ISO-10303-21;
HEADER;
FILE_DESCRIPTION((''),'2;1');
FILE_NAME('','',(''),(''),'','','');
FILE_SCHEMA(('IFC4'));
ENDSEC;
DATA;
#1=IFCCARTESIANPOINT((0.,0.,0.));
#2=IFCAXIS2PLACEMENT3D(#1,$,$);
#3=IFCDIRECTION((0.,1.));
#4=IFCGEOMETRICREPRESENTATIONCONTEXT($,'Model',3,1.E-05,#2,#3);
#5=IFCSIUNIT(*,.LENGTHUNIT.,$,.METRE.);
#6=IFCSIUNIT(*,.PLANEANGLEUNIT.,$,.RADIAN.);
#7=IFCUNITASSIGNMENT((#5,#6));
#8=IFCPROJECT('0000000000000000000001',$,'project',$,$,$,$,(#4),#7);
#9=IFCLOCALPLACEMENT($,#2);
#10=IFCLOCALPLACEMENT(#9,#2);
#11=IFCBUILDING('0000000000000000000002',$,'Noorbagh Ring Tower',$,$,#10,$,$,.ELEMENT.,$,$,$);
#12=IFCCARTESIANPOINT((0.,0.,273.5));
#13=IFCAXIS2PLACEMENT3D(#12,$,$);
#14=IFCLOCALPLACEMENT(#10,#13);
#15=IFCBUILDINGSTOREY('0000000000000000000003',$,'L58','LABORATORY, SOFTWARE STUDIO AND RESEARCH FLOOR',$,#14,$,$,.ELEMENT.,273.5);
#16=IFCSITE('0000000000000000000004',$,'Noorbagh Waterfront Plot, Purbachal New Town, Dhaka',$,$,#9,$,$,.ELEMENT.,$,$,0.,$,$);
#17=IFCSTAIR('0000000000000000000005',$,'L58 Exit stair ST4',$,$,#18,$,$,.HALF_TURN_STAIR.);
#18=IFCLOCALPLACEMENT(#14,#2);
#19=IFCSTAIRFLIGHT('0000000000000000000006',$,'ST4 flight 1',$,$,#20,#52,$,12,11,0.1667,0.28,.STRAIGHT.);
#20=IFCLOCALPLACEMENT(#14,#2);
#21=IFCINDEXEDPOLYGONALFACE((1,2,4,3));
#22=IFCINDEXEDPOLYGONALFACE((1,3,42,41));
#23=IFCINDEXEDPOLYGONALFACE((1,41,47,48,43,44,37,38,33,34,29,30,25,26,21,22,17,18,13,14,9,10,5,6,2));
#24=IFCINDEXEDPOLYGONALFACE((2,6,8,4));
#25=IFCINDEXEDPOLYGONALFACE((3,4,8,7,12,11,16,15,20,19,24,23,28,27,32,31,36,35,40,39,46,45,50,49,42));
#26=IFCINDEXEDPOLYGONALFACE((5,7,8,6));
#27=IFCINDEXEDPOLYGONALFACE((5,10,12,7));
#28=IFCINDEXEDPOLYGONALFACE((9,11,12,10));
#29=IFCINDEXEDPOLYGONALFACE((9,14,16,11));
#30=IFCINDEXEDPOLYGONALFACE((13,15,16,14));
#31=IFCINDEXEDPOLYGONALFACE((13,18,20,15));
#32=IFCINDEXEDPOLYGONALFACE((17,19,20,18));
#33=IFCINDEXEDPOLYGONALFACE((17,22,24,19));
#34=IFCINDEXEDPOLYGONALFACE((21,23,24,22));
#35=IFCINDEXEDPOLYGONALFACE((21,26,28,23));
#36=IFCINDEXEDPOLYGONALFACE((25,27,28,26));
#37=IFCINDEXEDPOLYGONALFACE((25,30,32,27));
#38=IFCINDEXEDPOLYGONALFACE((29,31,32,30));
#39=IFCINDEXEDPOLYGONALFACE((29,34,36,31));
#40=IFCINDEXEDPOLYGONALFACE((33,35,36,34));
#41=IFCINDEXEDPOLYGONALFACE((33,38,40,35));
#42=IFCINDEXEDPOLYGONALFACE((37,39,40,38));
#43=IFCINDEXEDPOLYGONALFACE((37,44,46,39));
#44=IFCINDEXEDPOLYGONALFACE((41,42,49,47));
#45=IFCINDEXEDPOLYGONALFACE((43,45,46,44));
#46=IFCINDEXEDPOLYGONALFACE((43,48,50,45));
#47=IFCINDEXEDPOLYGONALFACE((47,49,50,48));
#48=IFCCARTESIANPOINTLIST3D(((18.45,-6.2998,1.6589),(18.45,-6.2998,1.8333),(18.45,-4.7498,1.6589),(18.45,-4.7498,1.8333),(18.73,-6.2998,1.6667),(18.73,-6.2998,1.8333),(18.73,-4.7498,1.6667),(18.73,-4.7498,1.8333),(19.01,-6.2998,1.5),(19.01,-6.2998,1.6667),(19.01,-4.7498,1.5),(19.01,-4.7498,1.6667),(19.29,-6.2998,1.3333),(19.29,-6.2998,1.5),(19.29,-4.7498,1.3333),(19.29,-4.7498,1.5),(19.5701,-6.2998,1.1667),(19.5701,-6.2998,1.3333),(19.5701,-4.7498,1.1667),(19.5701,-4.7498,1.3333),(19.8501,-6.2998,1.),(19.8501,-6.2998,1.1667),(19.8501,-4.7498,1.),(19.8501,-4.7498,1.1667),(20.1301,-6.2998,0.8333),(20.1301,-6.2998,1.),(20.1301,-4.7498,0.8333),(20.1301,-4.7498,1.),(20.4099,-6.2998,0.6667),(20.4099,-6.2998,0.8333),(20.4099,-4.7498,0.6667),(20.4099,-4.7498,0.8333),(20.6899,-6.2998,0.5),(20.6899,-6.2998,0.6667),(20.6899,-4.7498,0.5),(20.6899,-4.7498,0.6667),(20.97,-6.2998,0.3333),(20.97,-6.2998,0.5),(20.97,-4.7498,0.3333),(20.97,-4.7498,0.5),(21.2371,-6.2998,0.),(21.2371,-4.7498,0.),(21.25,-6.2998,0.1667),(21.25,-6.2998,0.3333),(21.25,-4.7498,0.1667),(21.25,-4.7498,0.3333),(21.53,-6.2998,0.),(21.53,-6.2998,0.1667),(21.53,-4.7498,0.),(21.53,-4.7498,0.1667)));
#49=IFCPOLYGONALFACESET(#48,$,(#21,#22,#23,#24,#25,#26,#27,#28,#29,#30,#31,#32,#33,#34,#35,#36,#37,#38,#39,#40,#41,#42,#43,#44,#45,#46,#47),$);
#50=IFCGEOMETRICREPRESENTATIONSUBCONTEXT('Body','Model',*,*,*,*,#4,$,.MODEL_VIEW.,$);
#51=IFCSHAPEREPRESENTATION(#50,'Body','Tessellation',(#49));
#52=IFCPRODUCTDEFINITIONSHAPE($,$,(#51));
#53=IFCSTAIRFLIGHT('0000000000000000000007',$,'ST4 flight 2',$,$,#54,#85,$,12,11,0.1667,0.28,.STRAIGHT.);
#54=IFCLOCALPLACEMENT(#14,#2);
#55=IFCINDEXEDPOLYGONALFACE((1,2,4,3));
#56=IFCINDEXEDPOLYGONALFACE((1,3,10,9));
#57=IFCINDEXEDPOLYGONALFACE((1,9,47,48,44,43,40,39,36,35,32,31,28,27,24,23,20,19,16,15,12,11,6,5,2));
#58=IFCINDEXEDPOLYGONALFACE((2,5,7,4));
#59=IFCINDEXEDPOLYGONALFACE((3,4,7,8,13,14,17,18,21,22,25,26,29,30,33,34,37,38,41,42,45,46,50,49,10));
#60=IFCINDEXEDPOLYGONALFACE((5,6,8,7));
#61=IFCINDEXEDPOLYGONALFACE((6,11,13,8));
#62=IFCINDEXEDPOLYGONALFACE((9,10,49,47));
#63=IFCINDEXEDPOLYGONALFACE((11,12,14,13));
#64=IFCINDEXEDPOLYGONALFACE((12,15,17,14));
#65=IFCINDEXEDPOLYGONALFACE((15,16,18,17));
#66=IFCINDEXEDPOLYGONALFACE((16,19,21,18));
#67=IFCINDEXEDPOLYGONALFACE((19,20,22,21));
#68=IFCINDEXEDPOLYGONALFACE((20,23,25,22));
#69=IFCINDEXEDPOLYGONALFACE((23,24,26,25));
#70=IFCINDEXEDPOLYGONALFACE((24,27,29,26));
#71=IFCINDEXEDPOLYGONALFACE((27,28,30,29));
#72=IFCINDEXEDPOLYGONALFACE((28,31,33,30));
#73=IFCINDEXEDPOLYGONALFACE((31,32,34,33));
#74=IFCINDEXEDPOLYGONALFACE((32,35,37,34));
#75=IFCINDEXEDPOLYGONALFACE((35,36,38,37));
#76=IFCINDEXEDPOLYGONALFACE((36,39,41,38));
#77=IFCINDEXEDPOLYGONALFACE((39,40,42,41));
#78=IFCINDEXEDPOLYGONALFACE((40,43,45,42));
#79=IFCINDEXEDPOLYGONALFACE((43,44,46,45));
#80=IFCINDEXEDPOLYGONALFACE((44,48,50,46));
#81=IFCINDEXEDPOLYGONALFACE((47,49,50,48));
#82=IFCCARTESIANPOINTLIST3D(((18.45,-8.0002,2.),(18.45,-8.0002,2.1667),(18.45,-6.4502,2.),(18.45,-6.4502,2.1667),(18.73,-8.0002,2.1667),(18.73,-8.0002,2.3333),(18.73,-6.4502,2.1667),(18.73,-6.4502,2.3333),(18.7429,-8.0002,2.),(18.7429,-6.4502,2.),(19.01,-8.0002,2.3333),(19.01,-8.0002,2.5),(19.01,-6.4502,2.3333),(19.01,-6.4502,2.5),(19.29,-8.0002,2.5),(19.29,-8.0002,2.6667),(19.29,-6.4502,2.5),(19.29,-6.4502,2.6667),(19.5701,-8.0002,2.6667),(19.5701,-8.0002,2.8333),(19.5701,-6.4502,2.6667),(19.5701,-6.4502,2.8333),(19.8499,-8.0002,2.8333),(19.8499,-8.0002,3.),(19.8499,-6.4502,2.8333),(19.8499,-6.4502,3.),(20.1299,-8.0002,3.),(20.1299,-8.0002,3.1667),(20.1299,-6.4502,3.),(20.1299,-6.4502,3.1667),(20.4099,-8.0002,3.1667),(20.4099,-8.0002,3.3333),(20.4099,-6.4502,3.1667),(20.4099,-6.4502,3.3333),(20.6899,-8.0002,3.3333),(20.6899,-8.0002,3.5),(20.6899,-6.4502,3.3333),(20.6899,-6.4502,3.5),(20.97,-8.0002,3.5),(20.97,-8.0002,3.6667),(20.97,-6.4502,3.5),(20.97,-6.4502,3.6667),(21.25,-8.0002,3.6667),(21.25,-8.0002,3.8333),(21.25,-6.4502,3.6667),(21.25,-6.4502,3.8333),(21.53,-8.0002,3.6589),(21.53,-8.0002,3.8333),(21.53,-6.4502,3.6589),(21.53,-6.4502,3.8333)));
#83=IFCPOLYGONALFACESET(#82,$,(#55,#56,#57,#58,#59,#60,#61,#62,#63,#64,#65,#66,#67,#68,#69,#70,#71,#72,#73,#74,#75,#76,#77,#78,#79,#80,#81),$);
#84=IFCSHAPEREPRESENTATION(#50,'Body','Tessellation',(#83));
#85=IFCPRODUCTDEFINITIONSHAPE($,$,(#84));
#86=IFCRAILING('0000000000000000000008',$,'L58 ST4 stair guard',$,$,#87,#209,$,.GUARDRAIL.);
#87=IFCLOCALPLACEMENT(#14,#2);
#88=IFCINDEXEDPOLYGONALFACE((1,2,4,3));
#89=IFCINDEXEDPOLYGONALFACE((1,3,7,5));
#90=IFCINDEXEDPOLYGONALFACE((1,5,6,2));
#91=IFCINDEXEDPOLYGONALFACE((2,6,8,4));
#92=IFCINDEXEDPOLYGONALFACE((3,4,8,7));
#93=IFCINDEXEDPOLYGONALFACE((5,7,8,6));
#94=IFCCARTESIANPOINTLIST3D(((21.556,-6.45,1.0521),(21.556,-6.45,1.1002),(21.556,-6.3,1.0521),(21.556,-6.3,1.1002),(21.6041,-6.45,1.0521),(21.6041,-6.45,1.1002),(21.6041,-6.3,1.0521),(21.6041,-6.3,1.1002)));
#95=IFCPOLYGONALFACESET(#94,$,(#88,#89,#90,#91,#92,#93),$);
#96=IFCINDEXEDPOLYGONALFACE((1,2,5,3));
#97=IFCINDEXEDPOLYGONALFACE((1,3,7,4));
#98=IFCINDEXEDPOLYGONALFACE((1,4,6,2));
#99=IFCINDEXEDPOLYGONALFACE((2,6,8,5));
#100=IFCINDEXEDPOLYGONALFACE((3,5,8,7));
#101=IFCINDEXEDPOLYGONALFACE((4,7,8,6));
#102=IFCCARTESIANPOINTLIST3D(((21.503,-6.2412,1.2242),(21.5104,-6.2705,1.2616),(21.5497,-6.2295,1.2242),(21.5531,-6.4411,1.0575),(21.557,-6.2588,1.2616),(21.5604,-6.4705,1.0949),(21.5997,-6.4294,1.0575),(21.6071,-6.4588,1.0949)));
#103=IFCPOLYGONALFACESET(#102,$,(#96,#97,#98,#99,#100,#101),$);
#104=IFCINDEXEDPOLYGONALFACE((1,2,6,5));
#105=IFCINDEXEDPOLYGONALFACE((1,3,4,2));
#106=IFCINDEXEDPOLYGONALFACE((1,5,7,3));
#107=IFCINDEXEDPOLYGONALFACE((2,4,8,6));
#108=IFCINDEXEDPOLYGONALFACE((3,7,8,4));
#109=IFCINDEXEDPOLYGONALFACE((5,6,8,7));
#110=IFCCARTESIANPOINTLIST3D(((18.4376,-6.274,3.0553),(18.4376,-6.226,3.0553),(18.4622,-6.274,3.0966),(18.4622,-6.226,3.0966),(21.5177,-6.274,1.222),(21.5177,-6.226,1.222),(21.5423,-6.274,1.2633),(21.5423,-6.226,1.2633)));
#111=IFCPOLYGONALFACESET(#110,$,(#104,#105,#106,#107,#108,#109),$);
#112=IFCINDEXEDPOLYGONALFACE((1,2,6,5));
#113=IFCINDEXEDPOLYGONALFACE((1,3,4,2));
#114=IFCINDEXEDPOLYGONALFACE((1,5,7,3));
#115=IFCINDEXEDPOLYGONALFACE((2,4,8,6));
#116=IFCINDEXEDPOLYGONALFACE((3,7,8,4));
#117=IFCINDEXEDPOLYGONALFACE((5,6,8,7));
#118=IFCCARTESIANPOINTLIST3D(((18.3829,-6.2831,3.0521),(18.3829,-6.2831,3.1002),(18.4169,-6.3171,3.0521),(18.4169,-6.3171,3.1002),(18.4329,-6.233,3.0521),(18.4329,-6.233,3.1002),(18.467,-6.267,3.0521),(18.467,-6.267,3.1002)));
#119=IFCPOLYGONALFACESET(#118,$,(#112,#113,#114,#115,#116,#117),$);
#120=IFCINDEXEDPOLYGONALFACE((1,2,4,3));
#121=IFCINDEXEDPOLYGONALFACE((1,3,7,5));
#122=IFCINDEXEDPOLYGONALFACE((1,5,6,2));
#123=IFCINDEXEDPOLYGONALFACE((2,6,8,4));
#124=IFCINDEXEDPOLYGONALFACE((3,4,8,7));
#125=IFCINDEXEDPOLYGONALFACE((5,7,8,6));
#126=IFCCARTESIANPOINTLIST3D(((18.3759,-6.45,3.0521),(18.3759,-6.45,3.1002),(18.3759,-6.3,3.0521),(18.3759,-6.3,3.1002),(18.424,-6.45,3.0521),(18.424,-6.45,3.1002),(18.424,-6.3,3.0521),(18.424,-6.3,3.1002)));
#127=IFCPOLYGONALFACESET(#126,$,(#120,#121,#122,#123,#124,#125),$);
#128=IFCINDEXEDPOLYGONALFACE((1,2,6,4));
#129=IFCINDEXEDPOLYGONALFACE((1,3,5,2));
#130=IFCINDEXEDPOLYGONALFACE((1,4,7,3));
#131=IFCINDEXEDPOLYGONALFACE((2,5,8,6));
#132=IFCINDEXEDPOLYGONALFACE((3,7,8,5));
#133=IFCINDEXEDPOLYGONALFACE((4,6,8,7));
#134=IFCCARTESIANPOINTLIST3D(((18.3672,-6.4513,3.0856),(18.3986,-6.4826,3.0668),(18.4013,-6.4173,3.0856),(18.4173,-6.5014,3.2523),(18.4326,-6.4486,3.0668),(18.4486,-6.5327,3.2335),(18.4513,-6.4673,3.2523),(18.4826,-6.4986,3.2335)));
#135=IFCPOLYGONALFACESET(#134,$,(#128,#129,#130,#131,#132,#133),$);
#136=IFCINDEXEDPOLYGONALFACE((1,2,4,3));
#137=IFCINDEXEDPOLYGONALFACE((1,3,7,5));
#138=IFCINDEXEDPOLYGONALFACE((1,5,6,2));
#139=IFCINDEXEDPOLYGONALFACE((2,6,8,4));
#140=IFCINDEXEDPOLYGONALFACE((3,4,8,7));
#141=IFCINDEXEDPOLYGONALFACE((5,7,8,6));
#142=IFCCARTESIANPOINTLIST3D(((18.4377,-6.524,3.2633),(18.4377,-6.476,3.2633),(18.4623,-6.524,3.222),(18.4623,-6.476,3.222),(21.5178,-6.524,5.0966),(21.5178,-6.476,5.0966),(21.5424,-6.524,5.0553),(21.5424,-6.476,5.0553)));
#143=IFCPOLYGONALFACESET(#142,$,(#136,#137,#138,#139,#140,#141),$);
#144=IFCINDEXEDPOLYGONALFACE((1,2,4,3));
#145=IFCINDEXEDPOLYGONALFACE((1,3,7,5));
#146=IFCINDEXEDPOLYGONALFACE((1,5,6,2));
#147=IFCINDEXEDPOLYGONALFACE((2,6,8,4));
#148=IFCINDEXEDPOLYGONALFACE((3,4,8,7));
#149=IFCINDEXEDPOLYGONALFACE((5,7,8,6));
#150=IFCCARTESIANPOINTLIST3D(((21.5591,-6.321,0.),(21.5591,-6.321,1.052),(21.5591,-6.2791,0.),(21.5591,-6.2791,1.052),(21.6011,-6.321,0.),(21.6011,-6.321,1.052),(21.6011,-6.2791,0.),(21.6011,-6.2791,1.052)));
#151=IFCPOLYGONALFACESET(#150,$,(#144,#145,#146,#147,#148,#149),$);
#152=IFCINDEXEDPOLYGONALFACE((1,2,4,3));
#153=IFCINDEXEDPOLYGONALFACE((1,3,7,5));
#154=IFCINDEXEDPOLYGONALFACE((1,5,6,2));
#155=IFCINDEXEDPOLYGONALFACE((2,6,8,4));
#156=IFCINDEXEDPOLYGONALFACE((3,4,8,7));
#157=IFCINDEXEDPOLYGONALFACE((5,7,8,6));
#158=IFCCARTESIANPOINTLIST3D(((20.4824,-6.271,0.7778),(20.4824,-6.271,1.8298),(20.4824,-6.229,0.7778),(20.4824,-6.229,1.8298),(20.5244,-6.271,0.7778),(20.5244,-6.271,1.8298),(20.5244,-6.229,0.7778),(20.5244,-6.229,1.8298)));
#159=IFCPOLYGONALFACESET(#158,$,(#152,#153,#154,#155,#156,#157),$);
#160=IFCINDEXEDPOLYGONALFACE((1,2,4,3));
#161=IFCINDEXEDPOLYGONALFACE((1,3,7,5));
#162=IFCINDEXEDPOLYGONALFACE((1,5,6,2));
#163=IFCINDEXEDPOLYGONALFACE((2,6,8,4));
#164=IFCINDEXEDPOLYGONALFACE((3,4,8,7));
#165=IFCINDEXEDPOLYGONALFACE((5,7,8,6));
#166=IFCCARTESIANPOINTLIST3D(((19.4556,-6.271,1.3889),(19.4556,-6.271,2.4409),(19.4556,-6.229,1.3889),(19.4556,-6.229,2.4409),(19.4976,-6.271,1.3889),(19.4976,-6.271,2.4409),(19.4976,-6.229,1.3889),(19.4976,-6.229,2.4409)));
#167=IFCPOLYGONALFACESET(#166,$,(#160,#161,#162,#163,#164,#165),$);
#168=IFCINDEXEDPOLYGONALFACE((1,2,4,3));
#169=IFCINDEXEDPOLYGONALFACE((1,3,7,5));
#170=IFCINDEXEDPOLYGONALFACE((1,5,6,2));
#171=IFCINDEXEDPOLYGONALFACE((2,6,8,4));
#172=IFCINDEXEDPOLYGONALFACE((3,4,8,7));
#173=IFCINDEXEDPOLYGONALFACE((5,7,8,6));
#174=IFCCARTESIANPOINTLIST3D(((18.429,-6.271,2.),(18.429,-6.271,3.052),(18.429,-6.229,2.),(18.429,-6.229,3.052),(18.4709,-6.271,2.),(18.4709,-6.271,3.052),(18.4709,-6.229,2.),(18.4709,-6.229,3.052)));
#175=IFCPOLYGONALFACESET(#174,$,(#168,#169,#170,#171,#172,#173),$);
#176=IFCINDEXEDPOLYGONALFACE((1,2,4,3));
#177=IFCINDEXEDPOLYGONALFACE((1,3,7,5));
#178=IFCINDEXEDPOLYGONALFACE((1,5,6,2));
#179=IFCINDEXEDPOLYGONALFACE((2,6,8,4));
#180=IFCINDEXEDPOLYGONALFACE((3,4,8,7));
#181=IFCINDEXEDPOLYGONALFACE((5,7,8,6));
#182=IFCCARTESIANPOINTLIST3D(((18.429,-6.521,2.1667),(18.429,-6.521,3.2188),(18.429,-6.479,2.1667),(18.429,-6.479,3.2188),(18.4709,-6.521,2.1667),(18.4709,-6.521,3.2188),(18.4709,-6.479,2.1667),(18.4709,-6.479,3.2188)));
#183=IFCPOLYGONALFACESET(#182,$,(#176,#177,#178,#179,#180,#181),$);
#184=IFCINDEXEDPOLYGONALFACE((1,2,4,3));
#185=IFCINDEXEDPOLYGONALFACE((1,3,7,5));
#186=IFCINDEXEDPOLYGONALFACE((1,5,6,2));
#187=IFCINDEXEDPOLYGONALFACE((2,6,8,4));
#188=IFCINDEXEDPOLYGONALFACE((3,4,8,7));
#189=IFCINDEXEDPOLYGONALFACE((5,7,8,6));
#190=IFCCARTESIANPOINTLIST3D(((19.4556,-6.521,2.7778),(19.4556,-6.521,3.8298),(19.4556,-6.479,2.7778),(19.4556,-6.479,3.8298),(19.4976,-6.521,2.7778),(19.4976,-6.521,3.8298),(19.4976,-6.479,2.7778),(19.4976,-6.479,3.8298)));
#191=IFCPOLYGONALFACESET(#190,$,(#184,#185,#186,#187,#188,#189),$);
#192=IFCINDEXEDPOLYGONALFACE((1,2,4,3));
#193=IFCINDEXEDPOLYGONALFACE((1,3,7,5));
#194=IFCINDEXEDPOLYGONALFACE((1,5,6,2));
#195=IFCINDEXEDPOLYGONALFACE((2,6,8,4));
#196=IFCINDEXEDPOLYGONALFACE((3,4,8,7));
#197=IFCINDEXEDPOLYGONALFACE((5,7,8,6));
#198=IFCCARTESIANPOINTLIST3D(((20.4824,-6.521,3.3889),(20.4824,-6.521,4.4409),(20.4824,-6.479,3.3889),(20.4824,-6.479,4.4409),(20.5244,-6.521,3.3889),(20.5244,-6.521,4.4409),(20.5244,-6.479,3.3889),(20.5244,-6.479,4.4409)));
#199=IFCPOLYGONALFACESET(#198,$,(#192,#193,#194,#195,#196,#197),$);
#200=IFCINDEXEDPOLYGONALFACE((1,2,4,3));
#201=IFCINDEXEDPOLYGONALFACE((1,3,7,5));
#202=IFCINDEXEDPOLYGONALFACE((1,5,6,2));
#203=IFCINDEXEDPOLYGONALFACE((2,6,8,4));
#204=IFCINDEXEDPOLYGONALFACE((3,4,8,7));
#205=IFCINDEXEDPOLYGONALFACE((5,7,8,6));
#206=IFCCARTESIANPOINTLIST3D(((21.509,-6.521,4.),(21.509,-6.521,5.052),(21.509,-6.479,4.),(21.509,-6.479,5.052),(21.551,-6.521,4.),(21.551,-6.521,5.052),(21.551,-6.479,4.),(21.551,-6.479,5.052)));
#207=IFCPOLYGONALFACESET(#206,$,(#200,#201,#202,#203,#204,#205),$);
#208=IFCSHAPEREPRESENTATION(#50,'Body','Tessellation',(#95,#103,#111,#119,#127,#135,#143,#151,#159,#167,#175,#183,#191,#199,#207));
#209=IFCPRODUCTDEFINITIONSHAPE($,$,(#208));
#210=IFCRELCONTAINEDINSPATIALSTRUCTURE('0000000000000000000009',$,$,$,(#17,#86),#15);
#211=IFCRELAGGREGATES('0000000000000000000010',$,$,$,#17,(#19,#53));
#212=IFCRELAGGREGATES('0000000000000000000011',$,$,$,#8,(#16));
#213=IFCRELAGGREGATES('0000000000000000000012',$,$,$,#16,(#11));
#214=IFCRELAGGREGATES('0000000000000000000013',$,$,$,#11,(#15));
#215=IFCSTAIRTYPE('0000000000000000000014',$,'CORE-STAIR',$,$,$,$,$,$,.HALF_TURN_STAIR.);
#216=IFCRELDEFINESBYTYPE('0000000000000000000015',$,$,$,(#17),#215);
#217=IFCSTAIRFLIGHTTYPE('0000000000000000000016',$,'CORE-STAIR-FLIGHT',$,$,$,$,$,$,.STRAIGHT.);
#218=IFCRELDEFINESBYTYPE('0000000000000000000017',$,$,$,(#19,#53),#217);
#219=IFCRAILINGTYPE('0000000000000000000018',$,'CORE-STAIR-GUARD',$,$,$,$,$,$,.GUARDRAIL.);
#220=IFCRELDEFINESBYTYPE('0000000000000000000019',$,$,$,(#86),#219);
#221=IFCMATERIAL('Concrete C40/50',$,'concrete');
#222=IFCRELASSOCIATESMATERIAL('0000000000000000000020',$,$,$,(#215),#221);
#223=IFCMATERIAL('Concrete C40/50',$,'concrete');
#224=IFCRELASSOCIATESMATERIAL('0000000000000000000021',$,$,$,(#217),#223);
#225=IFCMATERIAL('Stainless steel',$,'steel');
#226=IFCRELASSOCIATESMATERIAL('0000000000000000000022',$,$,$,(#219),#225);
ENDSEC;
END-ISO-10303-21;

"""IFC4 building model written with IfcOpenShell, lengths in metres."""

from ifc_helpers import new_model, si_unit, direction, frame, origin, origin_2d, place, context, subcontext, project, spatial, polyline, rectangle, outline, extrude, material, type_object, element, aggregate, save


model = new_model("IFC4")

# Units and contexts
model_context = context("Model", 3, precision=1e-05, world=origin(), true_north=direction((0.0, 1.0)))
body_context = subcontext(model_context, "Body", "Model", "MODEL_VIEW")
ifc_project = project(units=[si_unit("LENGTHUNIT", "METRE"), si_unit("PLANEANGLEUNIT", "RADIAN")], contexts=[model_context])

# Site, building, storey
site_placement = place(None, origin())
site = spatial("IfcSite", under=ifc_project, at=site_placement, Name="Noorbagh Waterfront Plot, Purbachal New Town, Dhaka", CompositionType="ELEMENT", RefElevation=0.0)
building_placement = place(site_placement, origin())
building = spatial("IfcBuilding", under=site, at=building_placement, Name="Noorbagh Ring Tower", CompositionType="ELEMENT")
storey_placement = place(building_placement, frame((0.0, 0.0, 273.5)))
storey = spatial("IfcBuildingStorey", under=building, at=storey_placement, Name="L58", Description="LABORATORY, SOFTWARE STUDIO AND RESEARCH FLOOR", CompositionType="ELEMENT", Elevation=273.5)

# Stair, stair flights
ifc_material_1 = material(Name="Concrete C40/50", Category="concrete")
stair_type = type_object("IfcStairType", Name="CORE-STAIR", PredefinedType="HALF_TURN_STAIR", material=ifc_material_1)
stair_placement = place(storey_placement, origin())
stair = element("IfcStair", 1, at=stair_placement, inside=storey, type_object=stair_type, Name="L58 Exit stair ST4", PredefinedType="HALF_TURN_STAIR")
ifc_material_2 = material(Name="Concrete C40/50", Category="concrete")
stair_flight_type = type_object("IfcStairFlightType", Name="CORE-STAIR-FLIGHT", PredefinedType="STRAIGHT", material=ifc_material_2)
stair_flight_1_placement = place(storey_placement, frame((21.53, -5.5249, 0.0), z_axis=(0.0, 0.0, 1.0), x_axis=(-1.0, 0.0, 0.0)))
stair_flight_1 = element("IfcStairFlight", 2, at=stair_flight_1_placement, type_object=stair_flight_type, Name="ST4 flight 1", NumberOfRisers=12, NumberOfTreads=11, PredefinedType="STRAIGHT", RiserHeight=0.1667, TreadLength=0.28, context=body_context, shape_type="SweptSolid", body=[
    extrude(outline(polyline([(0.0, 0.0), (0.0, 0.1667), (0.28, 0.1667), (0.28, 0.3333), (0.5601, 0.3333), (0.5601, 0.5), (0.8401, 0.5), (0.8401, 0.6667), (1.1201, 0.6667), (1.1201, 0.8333), (1.3999, 0.8333), (1.3999, 1.0), (1.6799, 1.0), (1.6799, 1.1667), (1.96, 1.1667), (1.96, 1.3333), (2.24, 1.3333), (2.24, 1.5), (2.52, 1.5), (2.52, 1.6667), (2.8, 1.6667), (2.8, 1.8333), (3.0801, 1.8333), (3.0801, 2.0), (3.0801, 1.6589), (0.293, 0.0), (0.0, 0.0)])), frame((0.0, 0.7749, 0.0), z_axis=(0.0, -1.0, 0.0), x_axis=(1.0, 0.0, 0.0)), (0.0, 0.0, 1.0), 1.55),
])
stair_flight_2_placement = place(storey_placement, frame((18.45, -7.2251, 2.0), z_axis=(0.0, 0.0, 1.0), x_axis=(1.0, 0.0, 0.0)))
stair_flight_2 = element("IfcStairFlight", 3, at=stair_flight_2_placement, type_object=stair_flight_type, Name="ST4 flight 2", NumberOfRisers=12, NumberOfTreads=11, PredefinedType="STRAIGHT", RiserHeight=0.1667, TreadLength=0.28, context=body_context, shape_type="SweptSolid", body=[
    extrude(outline(polyline([(0.0, 0.0), (0.0, 0.1667), (0.28, 0.1667), (0.28, 0.3333), (0.5601, 0.3333), (0.5601, 0.5), (0.8401, 0.5), (0.8401, 0.6667), (1.1201, 0.6667), (1.1201, 0.8333), (1.3999, 0.8333), (1.3999, 1.0), (1.6799, 1.0), (1.6799, 1.1667), (1.96, 1.1667), (1.96, 1.3333), (2.24, 1.3333), (2.24, 1.5), (2.52, 1.5), (2.52, 1.6667), (2.8, 1.6667), (2.8, 1.8333), (3.0801, 1.8333), (3.0801, 2.0), (3.0801, 1.6589), (0.293, 0.0), (0.0, 0.0)])), frame((0.0, 0.7749, 0.0), z_axis=(0.0, -1.0, 0.0), x_axis=(1.0, 0.0, 0.0)), (0.0, 0.0, 1.0), 1.55),
])
aggregate(stair, [stair_flight_1, stair_flight_2])

# Railing
ifc_material_3 = material(Name="Stainless steel", Category="steel")
railing_type_1 = type_object("IfcRailingType", Name="CORE-STAIR-GUARD", PredefinedType="GUARDRAIL", material=ifc_material_3)
railing_1_placement = place(storey_placement, frame((21.5801, -6.3, 0.0)))
element("IfcRailing", 4, at=railing_1_placement, inside=storey, type_object=railing_type_1, Name="L58 ST4 stair guard", PredefinedType="GUARDRAIL", context=body_context, shape_type="SweptSolid", body=[
    extrude(rectangle(XDim=0.0481, YDim=0.0481, at=origin_2d()), frame((0.0, 0.0, 1.0762), z_axis=(0.0, -1.0, 0.0), x_axis=(1.0, 0.0, 0.0)), (0.0, 0.0, 1.0), 0.1499),
    extrude(rectangle(XDim=0.0481, YDim=0.0481, at=origin_2d()), frame((0.0, -0.1499, 1.0762), z_axis=(-0.188776, 0.754182, 0.628946), x_axis=(-0.970073, -0.242814, 0.0)), (0.0, 0.0, 1.0), 0.2651),
    extrude(rectangle(XDim=0.0481, YDim=0.0481, at=origin_2d()), frame((-0.05, 0.05, 1.2427), z_axis=(-0.859309, 0.0, 0.511458), x_axis=(0.0, -1.0, 0.0)), (0.0, 0.0, 1.0), 3.5845),
    extrude(rectangle(XDim=0.0481, YDim=0.0481, at=origin_2d()), frame((-3.1301, 0.05, 3.0762), z_axis=(-0.707107, -0.707107, 0.0), x_axis=(0.707107, -0.707107, 0.0)), (0.0, 0.0, 1.0), 0.0708),
    extrude(rectangle(XDim=0.0481, YDim=0.0481, at=origin_2d()), frame((-3.1802, 0.0, 3.0762), z_axis=(0.0, -1.0, 0.0), x_axis=(1.0, 0.0, 0.0)), (0.0, 0.0, 1.0), 0.1499),
    extrude(rectangle(XDim=0.0481, YDim=0.0481, at=origin_2d()), frame((-3.1802, -0.1499, 3.0762), z_axis=(0.276287, -0.276287, 0.920506), x_axis=(0.707107, 0.707107, 0.0)), (0.0, 0.0, 1.0), 0.1812),
    extrude(rectangle(XDim=0.0481, YDim=0.0481, at=origin_2d()), frame((-3.1301, -0.2, 3.2427), z_axis=(0.859309, 0.0, 0.511458), x_axis=(0.0, 1.0, 0.0)), (0.0, 0.0, 1.0), 3.5845),
    extrude(rectangle(XDim=0.042, YDim=0.042, at=origin_2d()), origin(), (0.0, 0.0, 1.0), 1.052),
    extrude(rectangle(XDim=0.042, YDim=0.042, at=origin_2d()), frame((-1.0767, 0.05, 0.7778)), (0.0, 0.0, 1.0), 1.052),
    extrude(rectangle(XDim=0.042, YDim=0.042, at=origin_2d()), frame((-2.1035, 0.05, 1.3889)), (0.0, 0.0, 1.0), 1.052),
    extrude(rectangle(XDim=0.042, YDim=0.042, at=origin_2d()), frame((-3.1301, 0.05, 2.0)), (0.0, 0.0, 1.0), 1.052),
    extrude(rectangle(XDim=0.042, YDim=0.042, at=origin_2d()), frame((-3.1301, -0.2, 2.1667)), (0.0, 0.0, 1.0), 1.052),
    extrude(rectangle(XDim=0.042, YDim=0.042, at=origin_2d()), frame((-2.1035, -0.2, 2.7778)), (0.0, 0.0, 1.0), 1.052),
    extrude(rectangle(XDim=0.042, YDim=0.042, at=origin_2d()), frame((-1.0767, -0.2, 3.3889)), (0.0, 0.0, 1.0), 1.052),
    extrude(rectangle(XDim=0.042, YDim=0.042, at=origin_2d()), frame((-0.05, -0.2, 4.0)), (0.0, 0.0, 1.0), 1.052),
])

save(model, "model.ifc")
